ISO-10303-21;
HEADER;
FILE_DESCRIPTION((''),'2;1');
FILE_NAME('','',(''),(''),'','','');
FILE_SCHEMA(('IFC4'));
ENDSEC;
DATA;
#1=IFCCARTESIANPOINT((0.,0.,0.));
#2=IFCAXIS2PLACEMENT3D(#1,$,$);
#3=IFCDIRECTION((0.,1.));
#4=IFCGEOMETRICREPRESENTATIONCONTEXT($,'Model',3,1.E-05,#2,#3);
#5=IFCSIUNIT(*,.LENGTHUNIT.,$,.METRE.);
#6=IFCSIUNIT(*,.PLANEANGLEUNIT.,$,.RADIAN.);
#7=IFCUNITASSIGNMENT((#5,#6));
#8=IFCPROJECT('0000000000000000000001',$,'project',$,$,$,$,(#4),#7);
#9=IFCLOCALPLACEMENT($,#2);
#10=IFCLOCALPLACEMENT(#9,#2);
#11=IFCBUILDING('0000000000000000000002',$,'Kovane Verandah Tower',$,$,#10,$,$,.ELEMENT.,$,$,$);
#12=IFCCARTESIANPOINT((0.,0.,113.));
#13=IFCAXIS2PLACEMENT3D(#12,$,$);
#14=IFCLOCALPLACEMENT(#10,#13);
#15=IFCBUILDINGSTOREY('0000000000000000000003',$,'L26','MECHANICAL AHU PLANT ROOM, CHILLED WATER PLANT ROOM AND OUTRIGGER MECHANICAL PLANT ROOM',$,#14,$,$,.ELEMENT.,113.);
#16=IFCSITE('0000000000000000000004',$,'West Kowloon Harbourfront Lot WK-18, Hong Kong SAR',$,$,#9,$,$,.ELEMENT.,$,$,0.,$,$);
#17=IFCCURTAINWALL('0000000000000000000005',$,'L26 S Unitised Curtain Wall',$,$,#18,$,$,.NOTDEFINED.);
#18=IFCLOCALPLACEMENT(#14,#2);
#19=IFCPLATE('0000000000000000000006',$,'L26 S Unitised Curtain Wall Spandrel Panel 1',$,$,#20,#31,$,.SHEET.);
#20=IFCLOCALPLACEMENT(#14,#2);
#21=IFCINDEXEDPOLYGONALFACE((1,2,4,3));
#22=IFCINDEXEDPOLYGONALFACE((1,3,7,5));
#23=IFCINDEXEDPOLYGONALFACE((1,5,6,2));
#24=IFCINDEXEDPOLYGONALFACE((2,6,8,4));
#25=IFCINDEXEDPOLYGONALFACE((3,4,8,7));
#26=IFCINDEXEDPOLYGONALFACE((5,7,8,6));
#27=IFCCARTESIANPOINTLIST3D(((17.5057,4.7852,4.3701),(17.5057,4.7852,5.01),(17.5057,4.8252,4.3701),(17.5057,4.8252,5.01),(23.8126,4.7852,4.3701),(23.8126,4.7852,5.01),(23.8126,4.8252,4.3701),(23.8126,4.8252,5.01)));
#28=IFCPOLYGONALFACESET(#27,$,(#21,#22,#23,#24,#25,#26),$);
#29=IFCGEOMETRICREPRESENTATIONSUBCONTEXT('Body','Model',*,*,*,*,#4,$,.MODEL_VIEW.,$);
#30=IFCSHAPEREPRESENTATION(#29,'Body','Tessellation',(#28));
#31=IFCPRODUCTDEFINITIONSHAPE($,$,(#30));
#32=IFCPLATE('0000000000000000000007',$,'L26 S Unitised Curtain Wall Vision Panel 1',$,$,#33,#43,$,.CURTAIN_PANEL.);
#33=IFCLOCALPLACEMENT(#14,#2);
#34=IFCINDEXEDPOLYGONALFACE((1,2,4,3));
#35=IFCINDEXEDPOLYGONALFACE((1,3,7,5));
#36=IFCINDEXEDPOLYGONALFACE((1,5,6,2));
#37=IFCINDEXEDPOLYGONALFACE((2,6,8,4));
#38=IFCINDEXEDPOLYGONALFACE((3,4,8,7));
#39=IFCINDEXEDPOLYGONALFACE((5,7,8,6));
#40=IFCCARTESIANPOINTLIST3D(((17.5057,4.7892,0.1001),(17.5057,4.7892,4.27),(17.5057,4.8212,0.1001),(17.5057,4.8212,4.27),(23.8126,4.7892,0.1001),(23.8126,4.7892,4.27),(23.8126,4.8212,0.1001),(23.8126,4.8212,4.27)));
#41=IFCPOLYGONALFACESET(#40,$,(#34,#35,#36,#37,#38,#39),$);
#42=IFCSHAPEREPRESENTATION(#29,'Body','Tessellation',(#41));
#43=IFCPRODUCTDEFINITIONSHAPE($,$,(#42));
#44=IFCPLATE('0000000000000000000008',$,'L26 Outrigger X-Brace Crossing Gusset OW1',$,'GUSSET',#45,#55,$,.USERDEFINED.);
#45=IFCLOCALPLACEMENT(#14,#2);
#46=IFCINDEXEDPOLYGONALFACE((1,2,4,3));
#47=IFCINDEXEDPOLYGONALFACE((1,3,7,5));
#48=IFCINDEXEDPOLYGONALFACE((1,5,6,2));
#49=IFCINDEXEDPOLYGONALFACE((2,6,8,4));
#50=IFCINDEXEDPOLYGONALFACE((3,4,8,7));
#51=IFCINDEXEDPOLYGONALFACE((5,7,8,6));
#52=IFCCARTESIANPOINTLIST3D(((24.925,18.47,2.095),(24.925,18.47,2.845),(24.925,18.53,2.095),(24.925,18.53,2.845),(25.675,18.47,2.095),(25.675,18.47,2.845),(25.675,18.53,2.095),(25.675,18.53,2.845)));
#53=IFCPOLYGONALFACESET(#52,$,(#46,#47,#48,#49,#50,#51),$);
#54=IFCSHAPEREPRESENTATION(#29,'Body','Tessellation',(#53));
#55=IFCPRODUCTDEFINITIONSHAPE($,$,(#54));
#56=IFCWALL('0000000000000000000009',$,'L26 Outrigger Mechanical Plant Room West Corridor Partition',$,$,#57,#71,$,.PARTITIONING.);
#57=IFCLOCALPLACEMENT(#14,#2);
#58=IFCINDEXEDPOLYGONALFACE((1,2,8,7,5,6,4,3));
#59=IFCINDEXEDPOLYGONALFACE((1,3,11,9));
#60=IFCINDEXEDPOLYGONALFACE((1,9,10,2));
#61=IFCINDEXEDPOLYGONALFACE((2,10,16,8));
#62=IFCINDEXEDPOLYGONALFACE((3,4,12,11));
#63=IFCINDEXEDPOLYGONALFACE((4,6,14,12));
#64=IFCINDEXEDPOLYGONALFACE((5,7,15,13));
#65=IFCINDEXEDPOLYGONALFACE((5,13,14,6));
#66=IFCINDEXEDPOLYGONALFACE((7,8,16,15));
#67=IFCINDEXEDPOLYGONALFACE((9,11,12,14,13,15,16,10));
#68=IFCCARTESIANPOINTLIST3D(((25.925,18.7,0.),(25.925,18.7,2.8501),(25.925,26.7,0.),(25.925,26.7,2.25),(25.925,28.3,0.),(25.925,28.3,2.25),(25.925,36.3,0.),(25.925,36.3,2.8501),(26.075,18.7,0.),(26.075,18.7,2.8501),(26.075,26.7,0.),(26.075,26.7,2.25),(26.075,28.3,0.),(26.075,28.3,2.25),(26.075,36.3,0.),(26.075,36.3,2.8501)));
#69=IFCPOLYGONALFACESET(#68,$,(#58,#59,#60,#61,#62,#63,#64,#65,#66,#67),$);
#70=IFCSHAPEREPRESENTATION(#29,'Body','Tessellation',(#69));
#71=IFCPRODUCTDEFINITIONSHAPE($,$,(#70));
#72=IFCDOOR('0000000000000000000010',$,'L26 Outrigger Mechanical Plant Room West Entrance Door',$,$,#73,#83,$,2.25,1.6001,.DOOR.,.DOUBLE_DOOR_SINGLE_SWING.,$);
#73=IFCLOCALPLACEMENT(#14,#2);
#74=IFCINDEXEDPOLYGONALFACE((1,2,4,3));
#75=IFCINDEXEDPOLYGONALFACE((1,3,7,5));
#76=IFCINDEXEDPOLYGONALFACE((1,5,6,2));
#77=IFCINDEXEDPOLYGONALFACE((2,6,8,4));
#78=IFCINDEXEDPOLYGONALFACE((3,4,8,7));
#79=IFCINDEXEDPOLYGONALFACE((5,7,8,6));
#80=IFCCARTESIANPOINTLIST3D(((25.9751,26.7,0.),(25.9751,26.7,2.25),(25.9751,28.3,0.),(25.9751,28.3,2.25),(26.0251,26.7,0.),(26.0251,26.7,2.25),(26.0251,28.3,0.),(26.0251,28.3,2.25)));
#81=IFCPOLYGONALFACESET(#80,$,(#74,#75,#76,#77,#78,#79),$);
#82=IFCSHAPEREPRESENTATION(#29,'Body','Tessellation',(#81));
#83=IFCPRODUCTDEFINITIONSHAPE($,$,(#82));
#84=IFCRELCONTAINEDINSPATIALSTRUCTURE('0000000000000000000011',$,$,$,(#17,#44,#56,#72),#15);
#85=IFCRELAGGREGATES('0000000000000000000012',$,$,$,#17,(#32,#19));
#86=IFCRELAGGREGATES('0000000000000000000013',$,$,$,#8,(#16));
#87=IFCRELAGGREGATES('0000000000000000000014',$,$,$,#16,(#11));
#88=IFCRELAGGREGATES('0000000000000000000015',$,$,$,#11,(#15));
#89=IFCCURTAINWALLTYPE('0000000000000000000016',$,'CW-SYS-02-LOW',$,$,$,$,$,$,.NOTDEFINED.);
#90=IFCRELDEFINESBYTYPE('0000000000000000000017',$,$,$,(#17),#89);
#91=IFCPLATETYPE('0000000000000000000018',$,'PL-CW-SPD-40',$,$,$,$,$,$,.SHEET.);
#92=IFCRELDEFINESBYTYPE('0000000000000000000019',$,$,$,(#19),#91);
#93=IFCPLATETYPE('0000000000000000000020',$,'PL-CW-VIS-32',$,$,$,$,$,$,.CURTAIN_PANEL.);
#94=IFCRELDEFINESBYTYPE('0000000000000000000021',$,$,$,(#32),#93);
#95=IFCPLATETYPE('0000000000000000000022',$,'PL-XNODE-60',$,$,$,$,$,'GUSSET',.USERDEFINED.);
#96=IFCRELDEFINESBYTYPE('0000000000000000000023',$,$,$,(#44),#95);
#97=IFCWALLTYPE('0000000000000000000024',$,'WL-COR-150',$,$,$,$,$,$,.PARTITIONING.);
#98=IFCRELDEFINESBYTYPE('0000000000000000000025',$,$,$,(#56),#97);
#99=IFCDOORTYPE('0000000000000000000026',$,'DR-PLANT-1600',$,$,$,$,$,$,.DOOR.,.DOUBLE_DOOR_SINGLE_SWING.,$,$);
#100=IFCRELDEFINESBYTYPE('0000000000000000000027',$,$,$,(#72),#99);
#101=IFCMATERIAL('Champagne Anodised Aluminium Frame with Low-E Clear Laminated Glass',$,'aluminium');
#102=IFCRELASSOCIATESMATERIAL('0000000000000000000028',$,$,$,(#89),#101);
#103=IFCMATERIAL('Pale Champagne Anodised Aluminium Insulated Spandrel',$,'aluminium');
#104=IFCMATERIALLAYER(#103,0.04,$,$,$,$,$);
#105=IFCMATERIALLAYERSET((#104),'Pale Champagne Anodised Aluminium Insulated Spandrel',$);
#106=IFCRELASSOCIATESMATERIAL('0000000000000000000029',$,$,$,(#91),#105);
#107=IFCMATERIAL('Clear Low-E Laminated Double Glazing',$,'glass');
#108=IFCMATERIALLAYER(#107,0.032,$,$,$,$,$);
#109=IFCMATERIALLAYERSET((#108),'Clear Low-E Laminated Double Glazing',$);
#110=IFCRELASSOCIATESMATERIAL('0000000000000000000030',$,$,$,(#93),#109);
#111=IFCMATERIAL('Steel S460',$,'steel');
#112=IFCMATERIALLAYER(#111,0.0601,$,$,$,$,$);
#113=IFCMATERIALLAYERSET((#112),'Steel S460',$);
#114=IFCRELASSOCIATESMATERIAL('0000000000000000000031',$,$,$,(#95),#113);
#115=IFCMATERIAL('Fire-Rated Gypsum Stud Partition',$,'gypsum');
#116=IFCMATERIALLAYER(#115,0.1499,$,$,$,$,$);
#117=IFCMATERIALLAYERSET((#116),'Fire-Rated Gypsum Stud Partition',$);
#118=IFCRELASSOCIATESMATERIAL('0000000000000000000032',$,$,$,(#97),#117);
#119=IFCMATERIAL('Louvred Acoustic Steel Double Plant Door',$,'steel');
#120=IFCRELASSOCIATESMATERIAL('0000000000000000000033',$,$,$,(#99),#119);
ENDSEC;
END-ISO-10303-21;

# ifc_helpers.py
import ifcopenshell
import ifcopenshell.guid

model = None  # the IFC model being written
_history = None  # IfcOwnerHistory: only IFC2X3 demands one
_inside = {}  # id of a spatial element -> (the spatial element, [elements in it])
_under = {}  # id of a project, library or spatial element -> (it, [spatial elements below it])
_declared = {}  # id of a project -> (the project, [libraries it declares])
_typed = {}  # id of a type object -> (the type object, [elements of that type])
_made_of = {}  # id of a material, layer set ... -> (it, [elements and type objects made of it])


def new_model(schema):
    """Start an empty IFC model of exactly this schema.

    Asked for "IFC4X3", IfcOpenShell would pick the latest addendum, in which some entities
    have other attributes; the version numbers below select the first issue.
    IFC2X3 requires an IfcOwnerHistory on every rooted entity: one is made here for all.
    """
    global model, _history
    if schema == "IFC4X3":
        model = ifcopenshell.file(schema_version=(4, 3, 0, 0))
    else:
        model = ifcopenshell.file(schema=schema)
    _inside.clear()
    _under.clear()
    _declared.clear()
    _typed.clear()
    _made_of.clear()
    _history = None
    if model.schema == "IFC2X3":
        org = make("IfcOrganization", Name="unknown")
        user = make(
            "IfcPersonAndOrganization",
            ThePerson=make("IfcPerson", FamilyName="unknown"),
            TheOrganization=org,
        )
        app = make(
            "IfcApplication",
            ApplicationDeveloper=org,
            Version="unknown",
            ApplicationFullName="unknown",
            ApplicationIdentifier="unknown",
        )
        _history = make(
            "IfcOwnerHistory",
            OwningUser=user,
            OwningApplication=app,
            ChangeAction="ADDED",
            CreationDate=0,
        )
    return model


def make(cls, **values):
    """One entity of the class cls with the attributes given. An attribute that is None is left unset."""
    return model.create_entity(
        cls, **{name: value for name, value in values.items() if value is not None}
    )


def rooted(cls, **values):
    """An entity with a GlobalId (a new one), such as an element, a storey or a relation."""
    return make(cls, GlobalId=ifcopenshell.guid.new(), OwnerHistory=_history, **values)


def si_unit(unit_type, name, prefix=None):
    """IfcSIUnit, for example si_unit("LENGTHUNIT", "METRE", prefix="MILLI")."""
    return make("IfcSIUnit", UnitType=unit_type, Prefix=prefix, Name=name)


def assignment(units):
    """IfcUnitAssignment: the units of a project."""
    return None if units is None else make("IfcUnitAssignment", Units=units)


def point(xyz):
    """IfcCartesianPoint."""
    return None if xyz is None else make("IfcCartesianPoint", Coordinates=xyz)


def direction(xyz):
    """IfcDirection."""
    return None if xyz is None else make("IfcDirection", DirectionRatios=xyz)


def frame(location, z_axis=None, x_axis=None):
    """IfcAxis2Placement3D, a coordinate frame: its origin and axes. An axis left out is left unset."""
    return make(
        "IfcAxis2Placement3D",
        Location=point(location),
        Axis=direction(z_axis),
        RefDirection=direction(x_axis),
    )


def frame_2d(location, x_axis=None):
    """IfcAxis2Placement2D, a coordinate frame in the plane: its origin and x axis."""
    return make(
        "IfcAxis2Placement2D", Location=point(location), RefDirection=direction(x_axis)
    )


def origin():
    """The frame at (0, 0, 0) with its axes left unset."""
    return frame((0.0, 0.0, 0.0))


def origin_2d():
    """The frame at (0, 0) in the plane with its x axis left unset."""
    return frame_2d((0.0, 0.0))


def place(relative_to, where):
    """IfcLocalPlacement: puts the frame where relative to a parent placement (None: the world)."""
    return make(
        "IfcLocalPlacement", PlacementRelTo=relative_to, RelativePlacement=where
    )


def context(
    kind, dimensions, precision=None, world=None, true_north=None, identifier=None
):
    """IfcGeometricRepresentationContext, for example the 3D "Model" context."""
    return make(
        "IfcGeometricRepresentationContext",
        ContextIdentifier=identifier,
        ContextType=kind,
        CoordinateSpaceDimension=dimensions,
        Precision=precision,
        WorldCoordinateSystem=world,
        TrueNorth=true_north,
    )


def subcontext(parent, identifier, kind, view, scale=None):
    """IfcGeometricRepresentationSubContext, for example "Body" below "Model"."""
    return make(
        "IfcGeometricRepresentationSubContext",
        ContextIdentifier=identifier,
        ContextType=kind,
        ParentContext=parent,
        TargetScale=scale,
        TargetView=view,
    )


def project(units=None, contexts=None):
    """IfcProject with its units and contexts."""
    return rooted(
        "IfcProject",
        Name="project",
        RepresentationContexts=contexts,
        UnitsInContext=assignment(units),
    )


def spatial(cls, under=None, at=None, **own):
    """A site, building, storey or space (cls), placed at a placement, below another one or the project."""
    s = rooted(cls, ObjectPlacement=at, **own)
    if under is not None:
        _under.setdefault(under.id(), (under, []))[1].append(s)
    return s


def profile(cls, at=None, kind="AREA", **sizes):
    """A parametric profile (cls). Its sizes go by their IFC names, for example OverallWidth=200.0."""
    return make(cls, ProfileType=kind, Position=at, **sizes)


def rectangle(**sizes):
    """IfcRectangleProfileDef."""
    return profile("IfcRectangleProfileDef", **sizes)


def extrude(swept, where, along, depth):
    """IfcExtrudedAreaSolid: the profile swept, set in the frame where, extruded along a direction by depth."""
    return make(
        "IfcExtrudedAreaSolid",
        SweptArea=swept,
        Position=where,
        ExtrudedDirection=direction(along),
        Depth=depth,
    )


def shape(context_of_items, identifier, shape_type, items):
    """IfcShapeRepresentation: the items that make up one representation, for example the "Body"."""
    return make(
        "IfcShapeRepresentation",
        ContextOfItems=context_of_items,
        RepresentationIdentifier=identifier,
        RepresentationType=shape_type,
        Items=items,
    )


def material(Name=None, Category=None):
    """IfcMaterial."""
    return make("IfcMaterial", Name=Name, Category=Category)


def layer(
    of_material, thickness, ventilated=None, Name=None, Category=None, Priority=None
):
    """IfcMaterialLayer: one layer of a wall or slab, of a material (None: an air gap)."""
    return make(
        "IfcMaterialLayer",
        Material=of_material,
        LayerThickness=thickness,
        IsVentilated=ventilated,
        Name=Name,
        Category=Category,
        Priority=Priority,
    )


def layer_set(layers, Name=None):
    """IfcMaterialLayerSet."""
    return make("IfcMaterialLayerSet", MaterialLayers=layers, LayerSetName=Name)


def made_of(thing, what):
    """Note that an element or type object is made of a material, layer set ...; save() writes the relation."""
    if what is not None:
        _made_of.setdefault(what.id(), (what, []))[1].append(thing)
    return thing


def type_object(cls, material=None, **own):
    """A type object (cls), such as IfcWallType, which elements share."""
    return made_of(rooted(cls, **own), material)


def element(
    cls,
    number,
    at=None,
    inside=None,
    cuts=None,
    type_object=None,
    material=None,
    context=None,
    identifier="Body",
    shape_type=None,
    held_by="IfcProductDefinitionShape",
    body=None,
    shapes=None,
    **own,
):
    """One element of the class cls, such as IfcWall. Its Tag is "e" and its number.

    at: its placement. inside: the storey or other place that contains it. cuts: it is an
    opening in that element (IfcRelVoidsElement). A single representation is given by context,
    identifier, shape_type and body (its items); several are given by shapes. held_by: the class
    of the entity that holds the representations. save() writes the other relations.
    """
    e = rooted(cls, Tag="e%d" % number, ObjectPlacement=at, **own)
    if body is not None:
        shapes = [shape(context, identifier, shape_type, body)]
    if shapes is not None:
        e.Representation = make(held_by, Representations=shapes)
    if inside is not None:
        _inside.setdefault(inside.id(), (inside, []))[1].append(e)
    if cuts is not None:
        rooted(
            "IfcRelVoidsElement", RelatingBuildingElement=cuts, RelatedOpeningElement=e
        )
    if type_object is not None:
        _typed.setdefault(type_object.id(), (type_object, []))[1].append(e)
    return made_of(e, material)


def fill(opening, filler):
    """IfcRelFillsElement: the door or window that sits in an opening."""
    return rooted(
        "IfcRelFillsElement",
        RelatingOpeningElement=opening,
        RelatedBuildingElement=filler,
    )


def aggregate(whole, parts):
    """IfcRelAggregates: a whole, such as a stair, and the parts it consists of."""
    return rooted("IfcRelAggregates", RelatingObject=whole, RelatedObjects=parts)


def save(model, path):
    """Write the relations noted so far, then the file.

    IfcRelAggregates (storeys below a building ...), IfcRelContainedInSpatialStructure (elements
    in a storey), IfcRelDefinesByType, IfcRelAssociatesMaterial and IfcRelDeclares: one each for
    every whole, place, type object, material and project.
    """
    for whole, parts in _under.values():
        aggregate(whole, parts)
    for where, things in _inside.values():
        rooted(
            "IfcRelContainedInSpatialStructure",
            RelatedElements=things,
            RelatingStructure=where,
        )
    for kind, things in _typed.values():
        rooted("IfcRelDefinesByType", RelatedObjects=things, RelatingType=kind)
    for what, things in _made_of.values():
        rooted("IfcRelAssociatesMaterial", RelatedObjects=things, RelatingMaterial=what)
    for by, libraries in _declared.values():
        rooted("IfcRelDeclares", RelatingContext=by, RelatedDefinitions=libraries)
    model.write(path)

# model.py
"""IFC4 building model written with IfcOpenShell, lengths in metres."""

from ifc_helpers import new_model, si_unit, direction, frame, frame_2d, origin, origin_2d, place, context, subcontext, project, spatial, rectangle, extrude, material, layer, layer_set, type_object, element, fill, aggregate, save


model = new_model("IFC4")

# Units and contexts
model_context = context("Model", 3, precision=1e-05, world=origin(), true_north=direction((0.0, 1.0)))
body_context = subcontext(model_context, "Body", "Model", "MODEL_VIEW")
ifc_project = project(units=[si_unit("LENGTHUNIT", "METRE"), si_unit("PLANEANGLEUNIT", "RADIAN")], contexts=[model_context])

# Site, building, storey
site_placement = place(None, origin())
site = spatial("IfcSite", under=ifc_project, at=site_placement, Name="West Kowloon Harbourfront Lot WK-18, Hong Kong SAR", CompositionType="ELEMENT", RefElevation=0.0)
building_placement = place(site_placement, origin())
building = spatial("IfcBuilding", under=site, at=building_placement, Name="Kovane Verandah Tower", CompositionType="ELEMENT")
storey_placement = place(building_placement, frame((0.0, 0.0, 113.0)))
storey = spatial("IfcBuildingStorey", under=building, at=storey_placement, Name="L26", Description="MECHANICAL AHU PLANT ROOM, CHILLED WATER PLANT ROOM AND OUTRIGGER MECHANICAL PLANT ROOM", CompositionType="ELEMENT", Elevation=113.0)

# Shared definitions
ifc_material_1 = material(Name="Steel S460", Category="steel")

# Curtain wall
ifc_material_2 = material(Name="Champagne Anodised Aluminium Frame with Low-E Clear Laminated Glass", Category="aluminium")
curtain_wall_type = type_object("IfcCurtainWallType", Name="CW-SYS-02-LOW", PredefinedType="NOTDEFINED", material=ifc_material_2)
curtain_wall_placement = place(storey_placement, origin())
curtain_wall = element("IfcCurtainWall", 1, at=curtain_wall_placement, inside=storey, type_object=curtain_wall_type, Name="L26 S Unitised Curtain Wall", PredefinedType="NOTDEFINED")

# Plates
ifc_material_3 = material(Name="Pale Champagne Anodised Aluminium Insulated Spandrel", Category="aluminium")
ifc_layer_1 = layer(ifc_material_3, 0.04)
ifc_layer_set_1 = layer_set([ifc_layer_1], Name="Pale Champagne Anodised Aluminium Insulated Spandrel")
plate_type_1 = type_object("IfcPlateType", Name="PL-CW-SPD-40", PredefinedType="SHEET", material=ifc_layer_set_1)
plate_1_placement = place(storey_placement, frame((20.6592, 4.8052, 4.3701), z_axis=(0.0, 0.0, 1.0), x_axis=(1.0, 0.0, 0.0)))
plate_1 = element("IfcPlate", 2, at=plate_1_placement, type_object=plate_type_1, Name="L26 S Unitised Curtain Wall Spandrel Panel 1", PredefinedType="SHEET", context=body_context, shape_type="SweptSolid", body=[
    extrude(rectangle(XDim=6.3069, YDim=0.04, at=origin_2d()), origin(), (0.0, 0.0, 1.0), 0.6399),
])
ifc_material_4 = material(Name="Clear Low-E Laminated Double Glazing", Category="glass")
ifc_layer_2 = layer(ifc_material_4, 0.032)
ifc_layer_set_2 = layer_set([ifc_layer_2], Name="Clear Low-E Laminated Double Glazing")
plate_type_2 = type_object("IfcPlateType", Name="PL-CW-VIS-32", PredefinedType="CURTAIN_PANEL", material=ifc_layer_set_2)
plate_2_placement = place(storey_placement, frame((20.6592, 4.8052, 0.1001), z_axis=(0.0, 0.0, 1.0), x_axis=(1.0, 0.0, 0.0)))
plate_2 = element("IfcPlate", 3, at=plate_2_placement, type_object=plate_type_2, Name="L26 S Unitised Curtain Wall Vision Panel 1", PredefinedType="CURTAIN_PANEL", context=body_context, shape_type="SweptSolid", body=[
    extrude(rectangle(XDim=6.3069, YDim=0.032, at=origin_2d()), origin(), (0.0, 0.0, 1.0), 4.1699),
])
aggregate(curtain_wall, [plate_2, plate_1])
ifc_layer_3 = layer(ifc_material_1, 0.0601)
ifc_layer_set_3 = layer_set([ifc_layer_3], Name="Steel S460")
plate_type_3 = type_object("IfcPlateType", Name="PL-XNODE-60", ElementType="GUSSET", PredefinedType="USERDEFINED", material=ifc_layer_set_3)
plate_3_placement = place(storey_placement, frame((25.3, 18.5, 2.095), z_axis=(0.0, 0.0, 1.0), x_axis=(-1.0, 0.0, 0.0)))
element("IfcPlate", 4, at=plate_3_placement, inside=storey, type_object=plate_type_3, Name="L26 Outrigger X-Brace Crossing Gusset OW1", ObjectType="GUSSET", PredefinedType="USERDEFINED", context=body_context, shape_type="SweptSolid", body=[
    extrude(rectangle(XDim=0.75, YDim=0.0601, at=origin_2d()), origin(), (0.0, 0.0, 1.0), 0.75),
])

# Wall, opening, door
ifc_material_5 = material(Name="Fire-Rated Gypsum Stud Partition", Category="gypsum")
ifc_layer_4 = layer(ifc_material_5, 0.1499)
ifc_layer_set_4 = layer_set([ifc_layer_4], Name="Fire-Rated Gypsum Stud Partition")
wall_type = type_object("IfcWallType", Name="WL-COR-150", PredefinedType="PARTITIONING", material=ifc_layer_set_4)
wall_placement = place(storey_placement, frame((26.0, 18.7, 0.0), z_axis=(0.0, 0.0, 1.0), x_axis=(0.0, 1.0, 0.0)))
wall = element("IfcWall", 5, at=wall_placement, inside=storey, type_object=wall_type, Name="L26 Outrigger Mechanical Plant Room West Corridor Partition", PredefinedType="PARTITIONING", context=body_context, shape_type="SweptSolid", body=[
    extrude(rectangle(XDim=17.6001, YDim=0.1499, at=frame_2d((8.8, 0.0))), origin(), (0.0, 0.0, 1.0), 2.8501),
])
opening_placement = place(wall_placement, frame((8.0, 0.0, 0.0)))
opening = element("IfcOpeningElement", 6, at=opening_placement, cuts=wall, PredefinedType="OPENING", context=body_context, shape_type="SweptSolid", body=[
    extrude(rectangle(XDim=1.6001, YDim=2.25, at=frame_2d((0.8, 1.125))), frame((0.0, 0.075, 0.0), z_axis=(0.0, -1.0, 0.0), x_axis=(1.0, 0.0, 0.0)), (0.0, 0.0, 1.0), 0.1499),
])
ifc_material_6 = material(Name="Louvred Acoustic Steel Double Plant Door", Category="steel")
door_type = type_object("IfcDoorType", Name="DR-PLANT-1600", OperationType="DOUBLE_DOOR_SINGLE_SWING", PredefinedType="DOOR", material=ifc_material_6)
door_placement = place(opening_placement, origin())
door = element("IfcDoor", 7, at=door_placement, inside=storey, type_object=door_type, Name="L26 Outrigger Mechanical Plant Room West Entrance Door", OperationType="DOUBLE_DOOR_SINGLE_SWING", OverallHeight=2.25, OverallWidth=1.6001, PredefinedType="DOOR", context=body_context, shape_type="SweptSolid", body=[
    extrude(rectangle(XDim=1.6001, YDim=2.25, at=frame_2d((0.8, 1.125))), frame((0.0, 0.0249, 0.0), z_axis=(0.0, -1.0, 0.0), x_axis=(1.0, 0.0, 0.0)), (0.0, 0.0, 1.0), 0.05),
])
fill(opening, door)

save(model, "model.ifc")
